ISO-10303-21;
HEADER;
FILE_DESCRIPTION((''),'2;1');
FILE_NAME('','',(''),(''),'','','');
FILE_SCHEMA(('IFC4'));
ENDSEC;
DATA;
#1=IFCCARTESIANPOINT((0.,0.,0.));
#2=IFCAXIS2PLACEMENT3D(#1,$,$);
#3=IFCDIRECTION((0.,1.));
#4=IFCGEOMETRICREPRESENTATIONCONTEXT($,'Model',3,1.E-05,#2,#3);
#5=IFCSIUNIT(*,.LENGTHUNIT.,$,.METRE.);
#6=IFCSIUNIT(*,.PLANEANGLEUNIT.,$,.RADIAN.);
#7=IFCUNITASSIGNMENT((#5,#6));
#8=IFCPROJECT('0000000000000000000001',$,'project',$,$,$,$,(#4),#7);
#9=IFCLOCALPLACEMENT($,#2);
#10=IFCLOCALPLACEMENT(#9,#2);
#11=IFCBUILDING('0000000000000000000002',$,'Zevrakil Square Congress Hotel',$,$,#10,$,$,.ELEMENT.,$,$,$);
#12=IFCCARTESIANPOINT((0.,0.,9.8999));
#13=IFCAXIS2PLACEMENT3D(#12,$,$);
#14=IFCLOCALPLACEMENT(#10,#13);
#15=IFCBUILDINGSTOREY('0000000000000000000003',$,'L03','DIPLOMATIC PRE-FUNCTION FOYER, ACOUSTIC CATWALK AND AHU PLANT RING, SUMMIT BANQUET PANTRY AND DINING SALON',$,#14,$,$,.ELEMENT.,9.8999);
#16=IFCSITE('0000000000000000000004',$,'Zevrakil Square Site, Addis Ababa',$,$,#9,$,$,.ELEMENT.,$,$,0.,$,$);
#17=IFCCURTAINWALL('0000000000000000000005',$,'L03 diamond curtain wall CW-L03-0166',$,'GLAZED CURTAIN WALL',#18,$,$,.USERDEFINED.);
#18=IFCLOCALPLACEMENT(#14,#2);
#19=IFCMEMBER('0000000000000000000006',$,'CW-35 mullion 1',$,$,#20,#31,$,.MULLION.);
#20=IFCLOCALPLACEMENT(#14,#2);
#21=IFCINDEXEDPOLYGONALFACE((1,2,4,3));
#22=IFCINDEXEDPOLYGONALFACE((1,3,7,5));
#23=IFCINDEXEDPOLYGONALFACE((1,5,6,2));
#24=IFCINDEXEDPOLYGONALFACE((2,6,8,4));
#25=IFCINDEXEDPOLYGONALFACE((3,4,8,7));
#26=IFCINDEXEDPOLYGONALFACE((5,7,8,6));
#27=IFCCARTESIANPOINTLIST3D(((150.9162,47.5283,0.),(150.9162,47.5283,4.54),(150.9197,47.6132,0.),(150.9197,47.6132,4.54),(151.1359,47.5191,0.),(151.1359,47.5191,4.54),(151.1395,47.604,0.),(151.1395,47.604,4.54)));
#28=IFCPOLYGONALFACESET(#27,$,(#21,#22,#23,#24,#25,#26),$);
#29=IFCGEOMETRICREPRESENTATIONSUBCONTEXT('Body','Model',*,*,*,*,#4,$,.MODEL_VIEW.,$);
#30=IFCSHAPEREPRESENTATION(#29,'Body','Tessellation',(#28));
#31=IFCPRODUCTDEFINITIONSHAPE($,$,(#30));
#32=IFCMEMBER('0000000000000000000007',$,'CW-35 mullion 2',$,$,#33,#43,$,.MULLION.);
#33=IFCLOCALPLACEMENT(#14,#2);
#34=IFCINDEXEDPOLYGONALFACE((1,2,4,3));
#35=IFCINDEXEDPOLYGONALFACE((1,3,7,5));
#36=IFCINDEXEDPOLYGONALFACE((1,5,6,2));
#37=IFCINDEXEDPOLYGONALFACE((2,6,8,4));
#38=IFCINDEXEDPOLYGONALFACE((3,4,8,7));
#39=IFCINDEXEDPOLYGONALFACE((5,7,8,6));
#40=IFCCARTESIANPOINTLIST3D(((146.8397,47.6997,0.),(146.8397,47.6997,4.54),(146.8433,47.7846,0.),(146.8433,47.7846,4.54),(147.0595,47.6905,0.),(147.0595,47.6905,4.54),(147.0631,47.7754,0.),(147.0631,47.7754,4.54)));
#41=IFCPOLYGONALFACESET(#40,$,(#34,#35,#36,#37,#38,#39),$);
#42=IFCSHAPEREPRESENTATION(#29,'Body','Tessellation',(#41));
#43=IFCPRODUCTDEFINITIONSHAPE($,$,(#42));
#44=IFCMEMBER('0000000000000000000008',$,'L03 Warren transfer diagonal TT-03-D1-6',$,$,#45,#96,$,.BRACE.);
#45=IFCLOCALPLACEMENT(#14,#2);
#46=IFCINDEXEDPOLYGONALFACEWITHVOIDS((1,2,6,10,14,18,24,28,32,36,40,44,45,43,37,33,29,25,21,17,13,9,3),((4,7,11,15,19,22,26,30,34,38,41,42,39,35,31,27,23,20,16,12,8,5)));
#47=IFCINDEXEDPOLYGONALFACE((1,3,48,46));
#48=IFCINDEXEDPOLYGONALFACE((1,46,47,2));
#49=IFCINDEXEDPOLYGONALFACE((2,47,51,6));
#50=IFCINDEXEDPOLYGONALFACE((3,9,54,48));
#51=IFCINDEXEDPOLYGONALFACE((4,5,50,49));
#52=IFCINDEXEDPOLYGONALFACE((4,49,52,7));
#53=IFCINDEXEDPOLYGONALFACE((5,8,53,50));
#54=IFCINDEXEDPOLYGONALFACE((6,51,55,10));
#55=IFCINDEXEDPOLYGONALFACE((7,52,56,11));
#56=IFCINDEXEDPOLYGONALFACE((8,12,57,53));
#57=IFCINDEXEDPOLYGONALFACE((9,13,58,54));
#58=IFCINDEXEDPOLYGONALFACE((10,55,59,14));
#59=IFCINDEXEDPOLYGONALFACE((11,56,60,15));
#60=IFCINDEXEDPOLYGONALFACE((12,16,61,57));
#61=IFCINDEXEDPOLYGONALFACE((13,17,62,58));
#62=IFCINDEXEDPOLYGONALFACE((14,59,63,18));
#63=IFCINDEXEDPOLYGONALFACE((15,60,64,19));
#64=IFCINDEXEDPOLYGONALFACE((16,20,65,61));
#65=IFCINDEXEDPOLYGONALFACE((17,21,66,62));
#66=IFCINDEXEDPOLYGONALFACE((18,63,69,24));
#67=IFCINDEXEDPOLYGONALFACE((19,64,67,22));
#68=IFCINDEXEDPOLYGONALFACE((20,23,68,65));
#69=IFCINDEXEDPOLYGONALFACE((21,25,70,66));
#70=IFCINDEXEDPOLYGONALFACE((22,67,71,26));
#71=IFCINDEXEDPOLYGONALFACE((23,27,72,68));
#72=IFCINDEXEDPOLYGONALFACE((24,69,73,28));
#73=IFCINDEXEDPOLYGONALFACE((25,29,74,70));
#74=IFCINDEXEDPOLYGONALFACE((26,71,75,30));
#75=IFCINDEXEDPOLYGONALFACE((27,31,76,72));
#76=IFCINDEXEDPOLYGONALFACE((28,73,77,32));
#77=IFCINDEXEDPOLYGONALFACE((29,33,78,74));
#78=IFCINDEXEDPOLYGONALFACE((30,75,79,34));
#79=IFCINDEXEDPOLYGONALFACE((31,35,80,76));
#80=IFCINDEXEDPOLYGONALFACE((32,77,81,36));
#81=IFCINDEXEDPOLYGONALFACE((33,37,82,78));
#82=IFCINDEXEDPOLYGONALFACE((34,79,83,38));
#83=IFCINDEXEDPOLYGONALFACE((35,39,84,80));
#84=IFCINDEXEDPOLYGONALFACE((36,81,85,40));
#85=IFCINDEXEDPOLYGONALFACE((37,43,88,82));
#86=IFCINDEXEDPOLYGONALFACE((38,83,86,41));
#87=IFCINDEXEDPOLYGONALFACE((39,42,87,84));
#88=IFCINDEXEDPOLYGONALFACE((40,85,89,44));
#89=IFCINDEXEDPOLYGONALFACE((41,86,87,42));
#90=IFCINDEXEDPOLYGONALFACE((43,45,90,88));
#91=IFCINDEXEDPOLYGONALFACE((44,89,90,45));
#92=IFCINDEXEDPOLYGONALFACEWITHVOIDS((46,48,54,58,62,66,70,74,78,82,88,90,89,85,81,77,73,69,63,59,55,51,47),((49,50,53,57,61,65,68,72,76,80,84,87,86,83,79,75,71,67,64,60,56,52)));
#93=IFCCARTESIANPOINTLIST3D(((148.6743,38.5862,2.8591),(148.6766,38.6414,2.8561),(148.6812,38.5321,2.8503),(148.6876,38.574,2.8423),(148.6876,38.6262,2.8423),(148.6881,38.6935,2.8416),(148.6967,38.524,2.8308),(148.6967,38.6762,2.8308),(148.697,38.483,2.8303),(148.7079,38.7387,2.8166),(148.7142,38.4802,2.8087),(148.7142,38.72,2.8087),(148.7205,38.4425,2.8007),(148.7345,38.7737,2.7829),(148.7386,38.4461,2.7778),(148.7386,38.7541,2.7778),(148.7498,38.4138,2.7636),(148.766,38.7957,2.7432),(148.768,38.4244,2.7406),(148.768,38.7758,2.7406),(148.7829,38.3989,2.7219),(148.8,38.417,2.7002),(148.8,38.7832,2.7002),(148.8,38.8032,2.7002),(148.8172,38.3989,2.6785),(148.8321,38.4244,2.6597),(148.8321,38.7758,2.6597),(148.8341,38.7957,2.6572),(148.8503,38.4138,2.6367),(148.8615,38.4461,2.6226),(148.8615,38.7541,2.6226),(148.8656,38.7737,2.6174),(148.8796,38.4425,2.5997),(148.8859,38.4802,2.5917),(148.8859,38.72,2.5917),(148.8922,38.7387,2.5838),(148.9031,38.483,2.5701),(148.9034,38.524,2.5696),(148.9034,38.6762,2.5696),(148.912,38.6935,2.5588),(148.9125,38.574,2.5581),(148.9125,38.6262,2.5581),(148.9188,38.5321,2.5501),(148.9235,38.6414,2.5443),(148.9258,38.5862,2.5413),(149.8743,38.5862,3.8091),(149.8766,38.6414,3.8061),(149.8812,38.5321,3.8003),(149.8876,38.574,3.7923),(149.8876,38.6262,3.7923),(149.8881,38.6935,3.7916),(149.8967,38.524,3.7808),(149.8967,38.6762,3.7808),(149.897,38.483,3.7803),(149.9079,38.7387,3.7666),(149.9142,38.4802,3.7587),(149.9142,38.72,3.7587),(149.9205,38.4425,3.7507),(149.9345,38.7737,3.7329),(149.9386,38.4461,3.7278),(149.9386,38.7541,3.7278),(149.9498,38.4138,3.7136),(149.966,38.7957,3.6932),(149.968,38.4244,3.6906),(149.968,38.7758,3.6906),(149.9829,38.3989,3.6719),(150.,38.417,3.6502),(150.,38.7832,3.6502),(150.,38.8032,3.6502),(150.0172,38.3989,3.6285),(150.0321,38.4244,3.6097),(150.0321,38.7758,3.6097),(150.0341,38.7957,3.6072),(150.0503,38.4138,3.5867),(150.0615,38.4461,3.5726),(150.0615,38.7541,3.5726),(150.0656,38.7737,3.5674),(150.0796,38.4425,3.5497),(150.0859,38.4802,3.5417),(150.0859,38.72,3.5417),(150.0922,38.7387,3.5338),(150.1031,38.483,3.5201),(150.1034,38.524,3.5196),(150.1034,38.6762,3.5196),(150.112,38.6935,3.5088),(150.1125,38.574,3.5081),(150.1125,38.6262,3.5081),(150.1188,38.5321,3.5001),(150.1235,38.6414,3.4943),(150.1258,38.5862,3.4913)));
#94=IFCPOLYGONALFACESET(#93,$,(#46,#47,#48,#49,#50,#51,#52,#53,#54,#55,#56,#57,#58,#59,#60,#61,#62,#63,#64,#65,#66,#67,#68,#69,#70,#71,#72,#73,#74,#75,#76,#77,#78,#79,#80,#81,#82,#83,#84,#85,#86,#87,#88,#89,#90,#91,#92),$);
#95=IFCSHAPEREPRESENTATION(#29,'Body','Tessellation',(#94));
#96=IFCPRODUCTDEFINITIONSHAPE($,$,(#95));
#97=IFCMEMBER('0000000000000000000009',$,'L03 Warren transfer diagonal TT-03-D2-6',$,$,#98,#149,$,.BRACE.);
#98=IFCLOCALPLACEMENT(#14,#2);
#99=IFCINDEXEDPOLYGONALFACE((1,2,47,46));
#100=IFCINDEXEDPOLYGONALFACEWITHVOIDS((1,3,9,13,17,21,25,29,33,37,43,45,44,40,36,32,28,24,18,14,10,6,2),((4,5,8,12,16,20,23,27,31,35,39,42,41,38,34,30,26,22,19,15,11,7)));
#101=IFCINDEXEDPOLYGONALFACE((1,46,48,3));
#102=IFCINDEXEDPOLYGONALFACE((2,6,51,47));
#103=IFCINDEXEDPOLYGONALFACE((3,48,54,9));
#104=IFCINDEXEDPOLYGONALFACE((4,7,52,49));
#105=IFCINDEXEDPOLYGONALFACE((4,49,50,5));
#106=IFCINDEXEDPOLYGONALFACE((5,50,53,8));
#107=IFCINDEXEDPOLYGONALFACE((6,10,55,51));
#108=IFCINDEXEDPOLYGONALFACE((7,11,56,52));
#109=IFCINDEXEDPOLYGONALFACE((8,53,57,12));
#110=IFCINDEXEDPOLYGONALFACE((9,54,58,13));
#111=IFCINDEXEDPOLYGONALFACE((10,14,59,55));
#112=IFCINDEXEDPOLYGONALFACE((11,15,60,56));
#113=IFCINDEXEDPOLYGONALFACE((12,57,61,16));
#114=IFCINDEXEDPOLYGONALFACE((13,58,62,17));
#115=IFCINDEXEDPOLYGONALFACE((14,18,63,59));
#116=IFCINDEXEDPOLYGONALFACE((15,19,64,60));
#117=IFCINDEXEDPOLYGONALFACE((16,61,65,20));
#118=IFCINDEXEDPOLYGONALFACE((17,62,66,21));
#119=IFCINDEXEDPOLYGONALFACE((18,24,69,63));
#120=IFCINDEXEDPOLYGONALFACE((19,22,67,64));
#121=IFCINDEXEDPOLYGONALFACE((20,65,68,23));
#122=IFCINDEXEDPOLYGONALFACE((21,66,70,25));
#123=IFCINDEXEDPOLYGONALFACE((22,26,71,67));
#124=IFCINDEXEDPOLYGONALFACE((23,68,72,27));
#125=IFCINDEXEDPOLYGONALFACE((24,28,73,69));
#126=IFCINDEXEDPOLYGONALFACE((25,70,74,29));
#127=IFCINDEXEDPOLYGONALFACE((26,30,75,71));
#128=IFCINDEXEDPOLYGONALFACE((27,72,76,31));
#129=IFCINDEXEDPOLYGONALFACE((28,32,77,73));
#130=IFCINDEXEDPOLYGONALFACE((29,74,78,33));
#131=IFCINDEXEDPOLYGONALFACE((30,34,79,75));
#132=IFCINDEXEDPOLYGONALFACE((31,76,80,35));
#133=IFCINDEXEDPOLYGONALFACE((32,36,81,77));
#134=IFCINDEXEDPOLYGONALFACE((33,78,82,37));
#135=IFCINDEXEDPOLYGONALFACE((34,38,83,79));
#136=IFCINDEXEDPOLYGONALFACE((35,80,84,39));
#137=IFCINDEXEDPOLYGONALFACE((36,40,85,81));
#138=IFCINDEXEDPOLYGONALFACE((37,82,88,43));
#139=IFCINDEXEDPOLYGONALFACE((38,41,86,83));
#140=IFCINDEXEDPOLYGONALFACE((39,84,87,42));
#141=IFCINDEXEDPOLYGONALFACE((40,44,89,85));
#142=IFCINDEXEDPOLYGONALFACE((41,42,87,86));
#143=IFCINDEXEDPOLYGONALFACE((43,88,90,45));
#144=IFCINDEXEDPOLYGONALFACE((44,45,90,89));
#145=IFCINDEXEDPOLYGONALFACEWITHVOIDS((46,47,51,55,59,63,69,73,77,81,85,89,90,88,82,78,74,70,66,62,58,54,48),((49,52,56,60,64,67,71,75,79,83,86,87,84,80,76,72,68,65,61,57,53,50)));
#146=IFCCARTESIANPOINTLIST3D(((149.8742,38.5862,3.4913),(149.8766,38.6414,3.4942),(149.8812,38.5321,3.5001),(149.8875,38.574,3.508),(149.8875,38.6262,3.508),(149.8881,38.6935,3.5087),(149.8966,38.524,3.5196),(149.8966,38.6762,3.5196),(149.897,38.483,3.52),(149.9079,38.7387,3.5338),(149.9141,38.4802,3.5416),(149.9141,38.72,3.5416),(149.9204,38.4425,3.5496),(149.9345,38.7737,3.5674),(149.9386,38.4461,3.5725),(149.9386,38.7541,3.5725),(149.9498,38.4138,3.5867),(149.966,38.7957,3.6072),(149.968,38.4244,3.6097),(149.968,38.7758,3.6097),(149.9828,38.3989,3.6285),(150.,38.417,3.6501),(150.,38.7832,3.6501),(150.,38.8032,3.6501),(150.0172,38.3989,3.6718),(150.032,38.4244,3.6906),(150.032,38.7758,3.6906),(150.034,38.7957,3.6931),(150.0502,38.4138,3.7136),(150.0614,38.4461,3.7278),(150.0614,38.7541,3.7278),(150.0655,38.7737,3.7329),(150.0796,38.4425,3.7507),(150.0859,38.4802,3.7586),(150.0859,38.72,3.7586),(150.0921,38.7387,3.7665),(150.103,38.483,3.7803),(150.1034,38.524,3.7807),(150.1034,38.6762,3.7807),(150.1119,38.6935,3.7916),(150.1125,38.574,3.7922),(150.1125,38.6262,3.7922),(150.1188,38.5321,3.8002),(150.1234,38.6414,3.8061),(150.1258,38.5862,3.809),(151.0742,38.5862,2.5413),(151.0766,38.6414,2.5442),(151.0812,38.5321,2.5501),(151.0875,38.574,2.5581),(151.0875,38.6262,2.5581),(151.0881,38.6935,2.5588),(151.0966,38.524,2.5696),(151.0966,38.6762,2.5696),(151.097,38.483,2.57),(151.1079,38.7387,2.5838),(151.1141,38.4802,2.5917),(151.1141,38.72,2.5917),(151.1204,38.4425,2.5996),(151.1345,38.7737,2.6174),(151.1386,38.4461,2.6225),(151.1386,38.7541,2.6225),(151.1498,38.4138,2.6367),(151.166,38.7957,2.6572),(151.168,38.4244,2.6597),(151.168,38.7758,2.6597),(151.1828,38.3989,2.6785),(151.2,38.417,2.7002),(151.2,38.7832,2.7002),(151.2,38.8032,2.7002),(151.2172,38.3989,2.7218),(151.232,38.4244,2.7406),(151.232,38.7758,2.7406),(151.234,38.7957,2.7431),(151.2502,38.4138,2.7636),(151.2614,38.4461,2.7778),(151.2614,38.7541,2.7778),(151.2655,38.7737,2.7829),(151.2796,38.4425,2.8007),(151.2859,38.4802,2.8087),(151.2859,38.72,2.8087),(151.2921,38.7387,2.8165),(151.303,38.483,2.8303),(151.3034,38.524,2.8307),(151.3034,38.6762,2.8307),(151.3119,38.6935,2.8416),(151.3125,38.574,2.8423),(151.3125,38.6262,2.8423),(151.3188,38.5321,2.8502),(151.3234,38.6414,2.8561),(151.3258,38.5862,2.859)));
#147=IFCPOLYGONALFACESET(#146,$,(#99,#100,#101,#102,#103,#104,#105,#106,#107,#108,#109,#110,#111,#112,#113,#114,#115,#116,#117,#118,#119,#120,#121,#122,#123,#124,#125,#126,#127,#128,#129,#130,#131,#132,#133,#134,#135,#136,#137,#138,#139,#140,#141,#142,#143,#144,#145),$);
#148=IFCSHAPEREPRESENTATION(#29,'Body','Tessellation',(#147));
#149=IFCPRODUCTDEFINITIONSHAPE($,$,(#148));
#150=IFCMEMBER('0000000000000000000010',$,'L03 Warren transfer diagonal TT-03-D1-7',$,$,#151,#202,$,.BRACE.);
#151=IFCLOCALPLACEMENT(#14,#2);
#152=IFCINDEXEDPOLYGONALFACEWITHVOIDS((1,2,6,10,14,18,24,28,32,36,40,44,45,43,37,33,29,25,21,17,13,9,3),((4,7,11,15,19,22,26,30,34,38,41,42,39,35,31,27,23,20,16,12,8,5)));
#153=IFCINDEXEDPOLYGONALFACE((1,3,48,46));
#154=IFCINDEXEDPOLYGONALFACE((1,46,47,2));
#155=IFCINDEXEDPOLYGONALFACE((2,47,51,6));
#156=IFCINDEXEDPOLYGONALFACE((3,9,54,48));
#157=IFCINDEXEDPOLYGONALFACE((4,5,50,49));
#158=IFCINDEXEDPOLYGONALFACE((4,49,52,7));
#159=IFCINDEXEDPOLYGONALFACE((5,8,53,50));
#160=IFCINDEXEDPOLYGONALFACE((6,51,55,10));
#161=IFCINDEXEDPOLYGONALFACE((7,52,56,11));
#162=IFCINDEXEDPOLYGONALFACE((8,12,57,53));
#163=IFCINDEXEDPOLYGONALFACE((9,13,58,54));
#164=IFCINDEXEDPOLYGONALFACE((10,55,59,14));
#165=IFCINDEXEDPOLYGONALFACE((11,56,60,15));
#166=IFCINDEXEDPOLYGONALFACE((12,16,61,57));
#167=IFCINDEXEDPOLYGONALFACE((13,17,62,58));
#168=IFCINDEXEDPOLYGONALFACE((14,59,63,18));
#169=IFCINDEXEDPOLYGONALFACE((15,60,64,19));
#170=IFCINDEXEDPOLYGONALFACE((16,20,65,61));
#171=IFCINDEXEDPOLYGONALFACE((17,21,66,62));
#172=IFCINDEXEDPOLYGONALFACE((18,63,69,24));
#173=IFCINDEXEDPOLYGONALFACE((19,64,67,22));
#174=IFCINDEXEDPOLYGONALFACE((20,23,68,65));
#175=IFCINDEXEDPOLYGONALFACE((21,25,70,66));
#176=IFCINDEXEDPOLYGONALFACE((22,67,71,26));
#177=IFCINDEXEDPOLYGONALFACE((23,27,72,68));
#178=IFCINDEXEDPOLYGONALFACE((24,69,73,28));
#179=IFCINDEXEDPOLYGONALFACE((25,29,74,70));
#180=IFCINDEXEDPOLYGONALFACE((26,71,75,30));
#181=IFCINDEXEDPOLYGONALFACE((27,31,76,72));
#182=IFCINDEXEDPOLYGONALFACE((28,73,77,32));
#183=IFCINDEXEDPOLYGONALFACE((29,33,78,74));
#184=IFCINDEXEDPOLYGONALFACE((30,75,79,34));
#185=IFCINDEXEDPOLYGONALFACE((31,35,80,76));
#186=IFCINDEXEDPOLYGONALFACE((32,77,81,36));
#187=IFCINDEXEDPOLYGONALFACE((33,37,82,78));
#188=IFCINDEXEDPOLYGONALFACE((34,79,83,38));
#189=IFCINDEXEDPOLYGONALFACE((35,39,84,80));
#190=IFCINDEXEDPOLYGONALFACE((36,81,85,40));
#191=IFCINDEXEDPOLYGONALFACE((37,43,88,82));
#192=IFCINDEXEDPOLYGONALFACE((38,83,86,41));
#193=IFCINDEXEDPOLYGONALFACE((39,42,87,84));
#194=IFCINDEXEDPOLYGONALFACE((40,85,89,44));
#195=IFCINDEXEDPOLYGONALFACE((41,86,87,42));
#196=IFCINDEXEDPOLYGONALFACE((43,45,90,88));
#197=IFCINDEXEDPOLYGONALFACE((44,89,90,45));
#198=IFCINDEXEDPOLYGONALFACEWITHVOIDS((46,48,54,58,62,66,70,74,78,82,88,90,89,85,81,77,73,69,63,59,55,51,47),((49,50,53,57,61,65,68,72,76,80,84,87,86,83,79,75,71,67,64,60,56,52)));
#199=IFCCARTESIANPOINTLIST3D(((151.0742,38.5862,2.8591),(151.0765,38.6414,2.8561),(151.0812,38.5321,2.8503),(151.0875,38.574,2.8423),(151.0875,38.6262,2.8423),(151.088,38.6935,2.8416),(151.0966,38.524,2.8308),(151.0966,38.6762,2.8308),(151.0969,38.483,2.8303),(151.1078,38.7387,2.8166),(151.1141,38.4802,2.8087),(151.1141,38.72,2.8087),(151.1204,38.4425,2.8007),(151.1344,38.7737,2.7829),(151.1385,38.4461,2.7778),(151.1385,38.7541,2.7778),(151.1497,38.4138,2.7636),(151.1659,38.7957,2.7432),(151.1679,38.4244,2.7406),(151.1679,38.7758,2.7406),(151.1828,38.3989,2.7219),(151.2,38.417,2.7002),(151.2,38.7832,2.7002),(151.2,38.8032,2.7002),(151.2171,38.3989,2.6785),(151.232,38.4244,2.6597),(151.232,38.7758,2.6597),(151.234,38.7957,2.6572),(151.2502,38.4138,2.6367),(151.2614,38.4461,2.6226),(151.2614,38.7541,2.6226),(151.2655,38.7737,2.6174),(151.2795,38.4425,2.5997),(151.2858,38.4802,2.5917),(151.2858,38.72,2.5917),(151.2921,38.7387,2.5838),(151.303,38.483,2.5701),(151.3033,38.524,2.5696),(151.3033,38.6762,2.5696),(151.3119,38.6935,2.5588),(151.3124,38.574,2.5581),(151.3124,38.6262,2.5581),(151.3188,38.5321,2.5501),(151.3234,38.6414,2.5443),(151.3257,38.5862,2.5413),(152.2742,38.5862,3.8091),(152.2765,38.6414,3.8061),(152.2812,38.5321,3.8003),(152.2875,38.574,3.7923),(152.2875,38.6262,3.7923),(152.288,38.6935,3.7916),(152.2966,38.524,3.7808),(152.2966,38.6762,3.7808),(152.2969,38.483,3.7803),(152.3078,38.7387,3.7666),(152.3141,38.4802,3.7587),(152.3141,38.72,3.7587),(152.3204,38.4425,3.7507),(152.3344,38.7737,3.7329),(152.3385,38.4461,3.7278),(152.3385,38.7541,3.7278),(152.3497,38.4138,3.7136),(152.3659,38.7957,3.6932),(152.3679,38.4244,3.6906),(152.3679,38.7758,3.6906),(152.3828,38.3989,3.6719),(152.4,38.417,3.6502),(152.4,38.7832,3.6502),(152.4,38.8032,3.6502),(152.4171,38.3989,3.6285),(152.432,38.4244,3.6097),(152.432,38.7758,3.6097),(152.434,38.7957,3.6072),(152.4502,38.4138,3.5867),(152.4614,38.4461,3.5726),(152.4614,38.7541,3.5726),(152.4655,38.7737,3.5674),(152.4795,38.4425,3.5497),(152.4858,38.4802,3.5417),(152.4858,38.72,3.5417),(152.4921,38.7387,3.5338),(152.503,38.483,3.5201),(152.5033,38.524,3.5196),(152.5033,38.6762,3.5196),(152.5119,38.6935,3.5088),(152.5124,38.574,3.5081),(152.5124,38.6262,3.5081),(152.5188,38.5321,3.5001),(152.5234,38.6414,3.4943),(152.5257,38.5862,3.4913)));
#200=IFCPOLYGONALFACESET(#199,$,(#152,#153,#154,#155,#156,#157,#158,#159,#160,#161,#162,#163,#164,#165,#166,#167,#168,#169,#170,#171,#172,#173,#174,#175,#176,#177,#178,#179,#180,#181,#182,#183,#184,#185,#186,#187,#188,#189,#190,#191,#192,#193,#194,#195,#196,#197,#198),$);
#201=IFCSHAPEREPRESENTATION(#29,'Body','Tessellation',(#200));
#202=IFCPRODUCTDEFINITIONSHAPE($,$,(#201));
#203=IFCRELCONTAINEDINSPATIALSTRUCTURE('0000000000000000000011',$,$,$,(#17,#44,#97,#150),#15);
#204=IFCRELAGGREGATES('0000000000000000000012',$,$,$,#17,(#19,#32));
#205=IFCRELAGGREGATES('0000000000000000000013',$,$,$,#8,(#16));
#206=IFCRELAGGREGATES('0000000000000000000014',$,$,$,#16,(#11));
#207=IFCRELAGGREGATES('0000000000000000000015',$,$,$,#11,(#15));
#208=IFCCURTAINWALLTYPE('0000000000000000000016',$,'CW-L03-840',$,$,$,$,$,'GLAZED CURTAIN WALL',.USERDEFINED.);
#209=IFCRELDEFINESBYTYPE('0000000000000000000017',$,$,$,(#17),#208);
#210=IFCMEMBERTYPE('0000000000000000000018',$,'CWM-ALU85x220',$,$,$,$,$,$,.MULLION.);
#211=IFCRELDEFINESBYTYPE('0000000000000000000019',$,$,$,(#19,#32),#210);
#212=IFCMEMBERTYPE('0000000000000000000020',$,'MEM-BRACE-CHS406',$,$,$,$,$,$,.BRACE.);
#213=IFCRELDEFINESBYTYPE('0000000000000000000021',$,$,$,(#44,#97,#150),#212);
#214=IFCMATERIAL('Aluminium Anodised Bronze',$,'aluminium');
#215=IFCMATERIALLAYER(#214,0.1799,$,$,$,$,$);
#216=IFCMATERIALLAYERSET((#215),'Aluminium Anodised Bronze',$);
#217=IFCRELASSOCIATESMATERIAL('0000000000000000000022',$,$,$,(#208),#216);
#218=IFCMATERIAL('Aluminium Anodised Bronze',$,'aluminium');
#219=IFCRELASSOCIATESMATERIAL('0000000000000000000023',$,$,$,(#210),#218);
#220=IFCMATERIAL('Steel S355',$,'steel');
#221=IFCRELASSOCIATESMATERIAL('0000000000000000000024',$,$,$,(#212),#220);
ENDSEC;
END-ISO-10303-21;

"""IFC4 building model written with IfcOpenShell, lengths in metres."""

from ifc_helpers import new_model, si_unit, direction, frame, origin, origin_2d, place, context, subcontext, project, spatial, rectangle, hollow_circle, extrude, material, layer, layer_set, material_profile, profile_set, type_object, element, aggregate, save


model = new_model("IFC4")

# Units and contexts
model_context = context("Model", 3, precision=1e-05, world=origin(), true_north=direction((0.0, 1.0)))
body_context = subcontext(model_context, "Body", "Model", "MODEL_VIEW")
ifc_project = project(units=[si_unit("LENGTHUNIT", "METRE"), si_unit("PLANEANGLEUNIT", "RADIAN")], contexts=[model_context])

# Site, building, storey
site_placement = place(None, origin())
site = spatial("IfcSite", under=ifc_project, at=site_placement, Name="Zevrakil Square Site, Addis Ababa", CompositionType="ELEMENT", RefElevation=0.0)
building_placement = place(site_placement, origin())
building = spatial("IfcBuilding", under=site, at=building_placement, Name="Zevrakil Square Congress Hotel", CompositionType="ELEMENT")
storey_placement = place(building_placement, frame((0.0, 0.0, 9.8999)))
storey = spatial("IfcBuildingStorey", under=building, at=storey_placement, Name="L03", Description="DIPLOMATIC PRE-FUNCTION FOYER, ACOUSTIC CATWALK AND AHU PLANT RING, SUMMIT BANQUET PANTRY AND DINING SALON", CompositionType="ELEMENT", Elevation=9.8999)

# Curtain wall, members
ifc_material_1 = material(Name="Aluminium Anodised Bronze", Category="aluminium")
ifc_layer_1 = layer(ifc_material_1, 0.1799)
ifc_layer_set_1 = layer_set([ifc_layer_1], Name="Aluminium Anodised Bronze")
curtain_wall_type = type_object("IfcCurtainWallType", Name="CW-L03-840", ElementType="GLAZED CURTAIN WALL", PredefinedType="USERDEFINED", material=ifc_layer_set_1)
curtain_wall_placement = place(storey_placement, origin())
curtain_wall = element("IfcCurtainWall", 1, at=curtain_wall_placement, inside=storey, type_object=curtain_wall_type, Name="L03 diamond curtain wall CW-L03-0166", ObjectType="GLAZED CURTAIN WALL", PredefinedType="USERDEFINED")
ifc_material_2 = material(Name="Aluminium Anodised Bronze", Category="aluminium")
ifc_material_profile_1 = material_profile(ifc_material_2, rectangle(XDim=0.085, YDim=0.22, at=origin_2d()), Name="ALU 85x220")
ifc_profile_set_1 = profile_set([ifc_material_profile_1], Name="Aluminium Anodised Bronze")
member_type_1 = type_object("IfcMemberType", Name="CWM-ALU85x220", PredefinedType="MULLION", material=ifc_profile_set_1)
member_1_placement = place(storey_placement, frame((151.0278, 47.5662, 0.0), z_axis=(0.0, 0.0, 1.0), x_axis=(-0.041971, -0.999119, 0.0)))
member_1 = element("IfcMember", 2, at=member_1_placement, type_object=member_type_1, Name="CW-35 mullion 1", PredefinedType="MULLION", context=body_context, shape_type="SweptSolid", body=[
    extrude(rectangle(XDim=0.085, YDim=0.22, at=origin_2d()), origin(), (0.0, 0.0, 1.0), 4.54),
])
member_2_placement = place(storey_placement, frame((146.9514, 47.7375, 0.0), z_axis=(0.0, 0.0, 1.0), x_axis=(-0.041971, -0.999119, 0.0)))
member_2 = element("IfcMember", 3, at=member_2_placement, type_object=member_type_1, Name="CW-35 mullion 2", PredefinedType="MULLION", context=body_context, shape_type="SweptSolid", body=[
    extrude(rectangle(XDim=0.085, YDim=0.22, at=origin_2d()), origin(), (0.0, 0.0, 1.0), 4.54),
])

# Members
ifc_material_3 = material(Name="Steel S355", Category="steel")
ifc_material_profile_2 = material_profile(ifc_material_3, hollow_circle(Radius=0.2031, WallThickness=0.02, at=origin_2d()), Name="CHS 406.4x20")
ifc_profile_set_2 = profile_set([ifc_material_profile_2], Name="Steel S355")
member_type_2 = type_object("IfcMemberType", Name="MEM-BRACE-CHS406", PredefinedType="BRACE", material=ifc_profile_set_2)
for number, where, z_axis, x_axis, name in (
    (4, (148.8, 38.6001, 2.7002), (0.784049, 0.0, 0.620699), (0.0, 1.0, 0.0), "L03 Warren transfer diagonal TT-03-D1-6"),
    (5, (150.0, 38.6001, 3.6501), (0.784049, 0.0, -0.620699), (0.0, 1.0, 0.0), "L03 Warren transfer diagonal TT-03-D2-6"),
    (6, (151.2, 38.6001, 2.7002), (0.784049, 0.0, 0.620699), (0.0, 1.0, 0.0), "L03 Warren transfer diagonal TT-03-D1-7"),
):
    element("IfcMember", number, at=place(storey_placement, frame(where, z_axis=z_axis, x_axis=x_axis)), inside=storey, type_object=member_type_2, Name=name, PredefinedType="BRACE", context=body_context, shape_type="SweptSolid", body=[
        extrude(hollow_circle(Radius=0.2031, WallThickness=0.02, at=origin_2d()), origin(), (0.0, 0.0, 1.0), 1.5305),
    ])

aggregate(curtain_wall, [member_1, member_2])

save(model, "model.ifc")
